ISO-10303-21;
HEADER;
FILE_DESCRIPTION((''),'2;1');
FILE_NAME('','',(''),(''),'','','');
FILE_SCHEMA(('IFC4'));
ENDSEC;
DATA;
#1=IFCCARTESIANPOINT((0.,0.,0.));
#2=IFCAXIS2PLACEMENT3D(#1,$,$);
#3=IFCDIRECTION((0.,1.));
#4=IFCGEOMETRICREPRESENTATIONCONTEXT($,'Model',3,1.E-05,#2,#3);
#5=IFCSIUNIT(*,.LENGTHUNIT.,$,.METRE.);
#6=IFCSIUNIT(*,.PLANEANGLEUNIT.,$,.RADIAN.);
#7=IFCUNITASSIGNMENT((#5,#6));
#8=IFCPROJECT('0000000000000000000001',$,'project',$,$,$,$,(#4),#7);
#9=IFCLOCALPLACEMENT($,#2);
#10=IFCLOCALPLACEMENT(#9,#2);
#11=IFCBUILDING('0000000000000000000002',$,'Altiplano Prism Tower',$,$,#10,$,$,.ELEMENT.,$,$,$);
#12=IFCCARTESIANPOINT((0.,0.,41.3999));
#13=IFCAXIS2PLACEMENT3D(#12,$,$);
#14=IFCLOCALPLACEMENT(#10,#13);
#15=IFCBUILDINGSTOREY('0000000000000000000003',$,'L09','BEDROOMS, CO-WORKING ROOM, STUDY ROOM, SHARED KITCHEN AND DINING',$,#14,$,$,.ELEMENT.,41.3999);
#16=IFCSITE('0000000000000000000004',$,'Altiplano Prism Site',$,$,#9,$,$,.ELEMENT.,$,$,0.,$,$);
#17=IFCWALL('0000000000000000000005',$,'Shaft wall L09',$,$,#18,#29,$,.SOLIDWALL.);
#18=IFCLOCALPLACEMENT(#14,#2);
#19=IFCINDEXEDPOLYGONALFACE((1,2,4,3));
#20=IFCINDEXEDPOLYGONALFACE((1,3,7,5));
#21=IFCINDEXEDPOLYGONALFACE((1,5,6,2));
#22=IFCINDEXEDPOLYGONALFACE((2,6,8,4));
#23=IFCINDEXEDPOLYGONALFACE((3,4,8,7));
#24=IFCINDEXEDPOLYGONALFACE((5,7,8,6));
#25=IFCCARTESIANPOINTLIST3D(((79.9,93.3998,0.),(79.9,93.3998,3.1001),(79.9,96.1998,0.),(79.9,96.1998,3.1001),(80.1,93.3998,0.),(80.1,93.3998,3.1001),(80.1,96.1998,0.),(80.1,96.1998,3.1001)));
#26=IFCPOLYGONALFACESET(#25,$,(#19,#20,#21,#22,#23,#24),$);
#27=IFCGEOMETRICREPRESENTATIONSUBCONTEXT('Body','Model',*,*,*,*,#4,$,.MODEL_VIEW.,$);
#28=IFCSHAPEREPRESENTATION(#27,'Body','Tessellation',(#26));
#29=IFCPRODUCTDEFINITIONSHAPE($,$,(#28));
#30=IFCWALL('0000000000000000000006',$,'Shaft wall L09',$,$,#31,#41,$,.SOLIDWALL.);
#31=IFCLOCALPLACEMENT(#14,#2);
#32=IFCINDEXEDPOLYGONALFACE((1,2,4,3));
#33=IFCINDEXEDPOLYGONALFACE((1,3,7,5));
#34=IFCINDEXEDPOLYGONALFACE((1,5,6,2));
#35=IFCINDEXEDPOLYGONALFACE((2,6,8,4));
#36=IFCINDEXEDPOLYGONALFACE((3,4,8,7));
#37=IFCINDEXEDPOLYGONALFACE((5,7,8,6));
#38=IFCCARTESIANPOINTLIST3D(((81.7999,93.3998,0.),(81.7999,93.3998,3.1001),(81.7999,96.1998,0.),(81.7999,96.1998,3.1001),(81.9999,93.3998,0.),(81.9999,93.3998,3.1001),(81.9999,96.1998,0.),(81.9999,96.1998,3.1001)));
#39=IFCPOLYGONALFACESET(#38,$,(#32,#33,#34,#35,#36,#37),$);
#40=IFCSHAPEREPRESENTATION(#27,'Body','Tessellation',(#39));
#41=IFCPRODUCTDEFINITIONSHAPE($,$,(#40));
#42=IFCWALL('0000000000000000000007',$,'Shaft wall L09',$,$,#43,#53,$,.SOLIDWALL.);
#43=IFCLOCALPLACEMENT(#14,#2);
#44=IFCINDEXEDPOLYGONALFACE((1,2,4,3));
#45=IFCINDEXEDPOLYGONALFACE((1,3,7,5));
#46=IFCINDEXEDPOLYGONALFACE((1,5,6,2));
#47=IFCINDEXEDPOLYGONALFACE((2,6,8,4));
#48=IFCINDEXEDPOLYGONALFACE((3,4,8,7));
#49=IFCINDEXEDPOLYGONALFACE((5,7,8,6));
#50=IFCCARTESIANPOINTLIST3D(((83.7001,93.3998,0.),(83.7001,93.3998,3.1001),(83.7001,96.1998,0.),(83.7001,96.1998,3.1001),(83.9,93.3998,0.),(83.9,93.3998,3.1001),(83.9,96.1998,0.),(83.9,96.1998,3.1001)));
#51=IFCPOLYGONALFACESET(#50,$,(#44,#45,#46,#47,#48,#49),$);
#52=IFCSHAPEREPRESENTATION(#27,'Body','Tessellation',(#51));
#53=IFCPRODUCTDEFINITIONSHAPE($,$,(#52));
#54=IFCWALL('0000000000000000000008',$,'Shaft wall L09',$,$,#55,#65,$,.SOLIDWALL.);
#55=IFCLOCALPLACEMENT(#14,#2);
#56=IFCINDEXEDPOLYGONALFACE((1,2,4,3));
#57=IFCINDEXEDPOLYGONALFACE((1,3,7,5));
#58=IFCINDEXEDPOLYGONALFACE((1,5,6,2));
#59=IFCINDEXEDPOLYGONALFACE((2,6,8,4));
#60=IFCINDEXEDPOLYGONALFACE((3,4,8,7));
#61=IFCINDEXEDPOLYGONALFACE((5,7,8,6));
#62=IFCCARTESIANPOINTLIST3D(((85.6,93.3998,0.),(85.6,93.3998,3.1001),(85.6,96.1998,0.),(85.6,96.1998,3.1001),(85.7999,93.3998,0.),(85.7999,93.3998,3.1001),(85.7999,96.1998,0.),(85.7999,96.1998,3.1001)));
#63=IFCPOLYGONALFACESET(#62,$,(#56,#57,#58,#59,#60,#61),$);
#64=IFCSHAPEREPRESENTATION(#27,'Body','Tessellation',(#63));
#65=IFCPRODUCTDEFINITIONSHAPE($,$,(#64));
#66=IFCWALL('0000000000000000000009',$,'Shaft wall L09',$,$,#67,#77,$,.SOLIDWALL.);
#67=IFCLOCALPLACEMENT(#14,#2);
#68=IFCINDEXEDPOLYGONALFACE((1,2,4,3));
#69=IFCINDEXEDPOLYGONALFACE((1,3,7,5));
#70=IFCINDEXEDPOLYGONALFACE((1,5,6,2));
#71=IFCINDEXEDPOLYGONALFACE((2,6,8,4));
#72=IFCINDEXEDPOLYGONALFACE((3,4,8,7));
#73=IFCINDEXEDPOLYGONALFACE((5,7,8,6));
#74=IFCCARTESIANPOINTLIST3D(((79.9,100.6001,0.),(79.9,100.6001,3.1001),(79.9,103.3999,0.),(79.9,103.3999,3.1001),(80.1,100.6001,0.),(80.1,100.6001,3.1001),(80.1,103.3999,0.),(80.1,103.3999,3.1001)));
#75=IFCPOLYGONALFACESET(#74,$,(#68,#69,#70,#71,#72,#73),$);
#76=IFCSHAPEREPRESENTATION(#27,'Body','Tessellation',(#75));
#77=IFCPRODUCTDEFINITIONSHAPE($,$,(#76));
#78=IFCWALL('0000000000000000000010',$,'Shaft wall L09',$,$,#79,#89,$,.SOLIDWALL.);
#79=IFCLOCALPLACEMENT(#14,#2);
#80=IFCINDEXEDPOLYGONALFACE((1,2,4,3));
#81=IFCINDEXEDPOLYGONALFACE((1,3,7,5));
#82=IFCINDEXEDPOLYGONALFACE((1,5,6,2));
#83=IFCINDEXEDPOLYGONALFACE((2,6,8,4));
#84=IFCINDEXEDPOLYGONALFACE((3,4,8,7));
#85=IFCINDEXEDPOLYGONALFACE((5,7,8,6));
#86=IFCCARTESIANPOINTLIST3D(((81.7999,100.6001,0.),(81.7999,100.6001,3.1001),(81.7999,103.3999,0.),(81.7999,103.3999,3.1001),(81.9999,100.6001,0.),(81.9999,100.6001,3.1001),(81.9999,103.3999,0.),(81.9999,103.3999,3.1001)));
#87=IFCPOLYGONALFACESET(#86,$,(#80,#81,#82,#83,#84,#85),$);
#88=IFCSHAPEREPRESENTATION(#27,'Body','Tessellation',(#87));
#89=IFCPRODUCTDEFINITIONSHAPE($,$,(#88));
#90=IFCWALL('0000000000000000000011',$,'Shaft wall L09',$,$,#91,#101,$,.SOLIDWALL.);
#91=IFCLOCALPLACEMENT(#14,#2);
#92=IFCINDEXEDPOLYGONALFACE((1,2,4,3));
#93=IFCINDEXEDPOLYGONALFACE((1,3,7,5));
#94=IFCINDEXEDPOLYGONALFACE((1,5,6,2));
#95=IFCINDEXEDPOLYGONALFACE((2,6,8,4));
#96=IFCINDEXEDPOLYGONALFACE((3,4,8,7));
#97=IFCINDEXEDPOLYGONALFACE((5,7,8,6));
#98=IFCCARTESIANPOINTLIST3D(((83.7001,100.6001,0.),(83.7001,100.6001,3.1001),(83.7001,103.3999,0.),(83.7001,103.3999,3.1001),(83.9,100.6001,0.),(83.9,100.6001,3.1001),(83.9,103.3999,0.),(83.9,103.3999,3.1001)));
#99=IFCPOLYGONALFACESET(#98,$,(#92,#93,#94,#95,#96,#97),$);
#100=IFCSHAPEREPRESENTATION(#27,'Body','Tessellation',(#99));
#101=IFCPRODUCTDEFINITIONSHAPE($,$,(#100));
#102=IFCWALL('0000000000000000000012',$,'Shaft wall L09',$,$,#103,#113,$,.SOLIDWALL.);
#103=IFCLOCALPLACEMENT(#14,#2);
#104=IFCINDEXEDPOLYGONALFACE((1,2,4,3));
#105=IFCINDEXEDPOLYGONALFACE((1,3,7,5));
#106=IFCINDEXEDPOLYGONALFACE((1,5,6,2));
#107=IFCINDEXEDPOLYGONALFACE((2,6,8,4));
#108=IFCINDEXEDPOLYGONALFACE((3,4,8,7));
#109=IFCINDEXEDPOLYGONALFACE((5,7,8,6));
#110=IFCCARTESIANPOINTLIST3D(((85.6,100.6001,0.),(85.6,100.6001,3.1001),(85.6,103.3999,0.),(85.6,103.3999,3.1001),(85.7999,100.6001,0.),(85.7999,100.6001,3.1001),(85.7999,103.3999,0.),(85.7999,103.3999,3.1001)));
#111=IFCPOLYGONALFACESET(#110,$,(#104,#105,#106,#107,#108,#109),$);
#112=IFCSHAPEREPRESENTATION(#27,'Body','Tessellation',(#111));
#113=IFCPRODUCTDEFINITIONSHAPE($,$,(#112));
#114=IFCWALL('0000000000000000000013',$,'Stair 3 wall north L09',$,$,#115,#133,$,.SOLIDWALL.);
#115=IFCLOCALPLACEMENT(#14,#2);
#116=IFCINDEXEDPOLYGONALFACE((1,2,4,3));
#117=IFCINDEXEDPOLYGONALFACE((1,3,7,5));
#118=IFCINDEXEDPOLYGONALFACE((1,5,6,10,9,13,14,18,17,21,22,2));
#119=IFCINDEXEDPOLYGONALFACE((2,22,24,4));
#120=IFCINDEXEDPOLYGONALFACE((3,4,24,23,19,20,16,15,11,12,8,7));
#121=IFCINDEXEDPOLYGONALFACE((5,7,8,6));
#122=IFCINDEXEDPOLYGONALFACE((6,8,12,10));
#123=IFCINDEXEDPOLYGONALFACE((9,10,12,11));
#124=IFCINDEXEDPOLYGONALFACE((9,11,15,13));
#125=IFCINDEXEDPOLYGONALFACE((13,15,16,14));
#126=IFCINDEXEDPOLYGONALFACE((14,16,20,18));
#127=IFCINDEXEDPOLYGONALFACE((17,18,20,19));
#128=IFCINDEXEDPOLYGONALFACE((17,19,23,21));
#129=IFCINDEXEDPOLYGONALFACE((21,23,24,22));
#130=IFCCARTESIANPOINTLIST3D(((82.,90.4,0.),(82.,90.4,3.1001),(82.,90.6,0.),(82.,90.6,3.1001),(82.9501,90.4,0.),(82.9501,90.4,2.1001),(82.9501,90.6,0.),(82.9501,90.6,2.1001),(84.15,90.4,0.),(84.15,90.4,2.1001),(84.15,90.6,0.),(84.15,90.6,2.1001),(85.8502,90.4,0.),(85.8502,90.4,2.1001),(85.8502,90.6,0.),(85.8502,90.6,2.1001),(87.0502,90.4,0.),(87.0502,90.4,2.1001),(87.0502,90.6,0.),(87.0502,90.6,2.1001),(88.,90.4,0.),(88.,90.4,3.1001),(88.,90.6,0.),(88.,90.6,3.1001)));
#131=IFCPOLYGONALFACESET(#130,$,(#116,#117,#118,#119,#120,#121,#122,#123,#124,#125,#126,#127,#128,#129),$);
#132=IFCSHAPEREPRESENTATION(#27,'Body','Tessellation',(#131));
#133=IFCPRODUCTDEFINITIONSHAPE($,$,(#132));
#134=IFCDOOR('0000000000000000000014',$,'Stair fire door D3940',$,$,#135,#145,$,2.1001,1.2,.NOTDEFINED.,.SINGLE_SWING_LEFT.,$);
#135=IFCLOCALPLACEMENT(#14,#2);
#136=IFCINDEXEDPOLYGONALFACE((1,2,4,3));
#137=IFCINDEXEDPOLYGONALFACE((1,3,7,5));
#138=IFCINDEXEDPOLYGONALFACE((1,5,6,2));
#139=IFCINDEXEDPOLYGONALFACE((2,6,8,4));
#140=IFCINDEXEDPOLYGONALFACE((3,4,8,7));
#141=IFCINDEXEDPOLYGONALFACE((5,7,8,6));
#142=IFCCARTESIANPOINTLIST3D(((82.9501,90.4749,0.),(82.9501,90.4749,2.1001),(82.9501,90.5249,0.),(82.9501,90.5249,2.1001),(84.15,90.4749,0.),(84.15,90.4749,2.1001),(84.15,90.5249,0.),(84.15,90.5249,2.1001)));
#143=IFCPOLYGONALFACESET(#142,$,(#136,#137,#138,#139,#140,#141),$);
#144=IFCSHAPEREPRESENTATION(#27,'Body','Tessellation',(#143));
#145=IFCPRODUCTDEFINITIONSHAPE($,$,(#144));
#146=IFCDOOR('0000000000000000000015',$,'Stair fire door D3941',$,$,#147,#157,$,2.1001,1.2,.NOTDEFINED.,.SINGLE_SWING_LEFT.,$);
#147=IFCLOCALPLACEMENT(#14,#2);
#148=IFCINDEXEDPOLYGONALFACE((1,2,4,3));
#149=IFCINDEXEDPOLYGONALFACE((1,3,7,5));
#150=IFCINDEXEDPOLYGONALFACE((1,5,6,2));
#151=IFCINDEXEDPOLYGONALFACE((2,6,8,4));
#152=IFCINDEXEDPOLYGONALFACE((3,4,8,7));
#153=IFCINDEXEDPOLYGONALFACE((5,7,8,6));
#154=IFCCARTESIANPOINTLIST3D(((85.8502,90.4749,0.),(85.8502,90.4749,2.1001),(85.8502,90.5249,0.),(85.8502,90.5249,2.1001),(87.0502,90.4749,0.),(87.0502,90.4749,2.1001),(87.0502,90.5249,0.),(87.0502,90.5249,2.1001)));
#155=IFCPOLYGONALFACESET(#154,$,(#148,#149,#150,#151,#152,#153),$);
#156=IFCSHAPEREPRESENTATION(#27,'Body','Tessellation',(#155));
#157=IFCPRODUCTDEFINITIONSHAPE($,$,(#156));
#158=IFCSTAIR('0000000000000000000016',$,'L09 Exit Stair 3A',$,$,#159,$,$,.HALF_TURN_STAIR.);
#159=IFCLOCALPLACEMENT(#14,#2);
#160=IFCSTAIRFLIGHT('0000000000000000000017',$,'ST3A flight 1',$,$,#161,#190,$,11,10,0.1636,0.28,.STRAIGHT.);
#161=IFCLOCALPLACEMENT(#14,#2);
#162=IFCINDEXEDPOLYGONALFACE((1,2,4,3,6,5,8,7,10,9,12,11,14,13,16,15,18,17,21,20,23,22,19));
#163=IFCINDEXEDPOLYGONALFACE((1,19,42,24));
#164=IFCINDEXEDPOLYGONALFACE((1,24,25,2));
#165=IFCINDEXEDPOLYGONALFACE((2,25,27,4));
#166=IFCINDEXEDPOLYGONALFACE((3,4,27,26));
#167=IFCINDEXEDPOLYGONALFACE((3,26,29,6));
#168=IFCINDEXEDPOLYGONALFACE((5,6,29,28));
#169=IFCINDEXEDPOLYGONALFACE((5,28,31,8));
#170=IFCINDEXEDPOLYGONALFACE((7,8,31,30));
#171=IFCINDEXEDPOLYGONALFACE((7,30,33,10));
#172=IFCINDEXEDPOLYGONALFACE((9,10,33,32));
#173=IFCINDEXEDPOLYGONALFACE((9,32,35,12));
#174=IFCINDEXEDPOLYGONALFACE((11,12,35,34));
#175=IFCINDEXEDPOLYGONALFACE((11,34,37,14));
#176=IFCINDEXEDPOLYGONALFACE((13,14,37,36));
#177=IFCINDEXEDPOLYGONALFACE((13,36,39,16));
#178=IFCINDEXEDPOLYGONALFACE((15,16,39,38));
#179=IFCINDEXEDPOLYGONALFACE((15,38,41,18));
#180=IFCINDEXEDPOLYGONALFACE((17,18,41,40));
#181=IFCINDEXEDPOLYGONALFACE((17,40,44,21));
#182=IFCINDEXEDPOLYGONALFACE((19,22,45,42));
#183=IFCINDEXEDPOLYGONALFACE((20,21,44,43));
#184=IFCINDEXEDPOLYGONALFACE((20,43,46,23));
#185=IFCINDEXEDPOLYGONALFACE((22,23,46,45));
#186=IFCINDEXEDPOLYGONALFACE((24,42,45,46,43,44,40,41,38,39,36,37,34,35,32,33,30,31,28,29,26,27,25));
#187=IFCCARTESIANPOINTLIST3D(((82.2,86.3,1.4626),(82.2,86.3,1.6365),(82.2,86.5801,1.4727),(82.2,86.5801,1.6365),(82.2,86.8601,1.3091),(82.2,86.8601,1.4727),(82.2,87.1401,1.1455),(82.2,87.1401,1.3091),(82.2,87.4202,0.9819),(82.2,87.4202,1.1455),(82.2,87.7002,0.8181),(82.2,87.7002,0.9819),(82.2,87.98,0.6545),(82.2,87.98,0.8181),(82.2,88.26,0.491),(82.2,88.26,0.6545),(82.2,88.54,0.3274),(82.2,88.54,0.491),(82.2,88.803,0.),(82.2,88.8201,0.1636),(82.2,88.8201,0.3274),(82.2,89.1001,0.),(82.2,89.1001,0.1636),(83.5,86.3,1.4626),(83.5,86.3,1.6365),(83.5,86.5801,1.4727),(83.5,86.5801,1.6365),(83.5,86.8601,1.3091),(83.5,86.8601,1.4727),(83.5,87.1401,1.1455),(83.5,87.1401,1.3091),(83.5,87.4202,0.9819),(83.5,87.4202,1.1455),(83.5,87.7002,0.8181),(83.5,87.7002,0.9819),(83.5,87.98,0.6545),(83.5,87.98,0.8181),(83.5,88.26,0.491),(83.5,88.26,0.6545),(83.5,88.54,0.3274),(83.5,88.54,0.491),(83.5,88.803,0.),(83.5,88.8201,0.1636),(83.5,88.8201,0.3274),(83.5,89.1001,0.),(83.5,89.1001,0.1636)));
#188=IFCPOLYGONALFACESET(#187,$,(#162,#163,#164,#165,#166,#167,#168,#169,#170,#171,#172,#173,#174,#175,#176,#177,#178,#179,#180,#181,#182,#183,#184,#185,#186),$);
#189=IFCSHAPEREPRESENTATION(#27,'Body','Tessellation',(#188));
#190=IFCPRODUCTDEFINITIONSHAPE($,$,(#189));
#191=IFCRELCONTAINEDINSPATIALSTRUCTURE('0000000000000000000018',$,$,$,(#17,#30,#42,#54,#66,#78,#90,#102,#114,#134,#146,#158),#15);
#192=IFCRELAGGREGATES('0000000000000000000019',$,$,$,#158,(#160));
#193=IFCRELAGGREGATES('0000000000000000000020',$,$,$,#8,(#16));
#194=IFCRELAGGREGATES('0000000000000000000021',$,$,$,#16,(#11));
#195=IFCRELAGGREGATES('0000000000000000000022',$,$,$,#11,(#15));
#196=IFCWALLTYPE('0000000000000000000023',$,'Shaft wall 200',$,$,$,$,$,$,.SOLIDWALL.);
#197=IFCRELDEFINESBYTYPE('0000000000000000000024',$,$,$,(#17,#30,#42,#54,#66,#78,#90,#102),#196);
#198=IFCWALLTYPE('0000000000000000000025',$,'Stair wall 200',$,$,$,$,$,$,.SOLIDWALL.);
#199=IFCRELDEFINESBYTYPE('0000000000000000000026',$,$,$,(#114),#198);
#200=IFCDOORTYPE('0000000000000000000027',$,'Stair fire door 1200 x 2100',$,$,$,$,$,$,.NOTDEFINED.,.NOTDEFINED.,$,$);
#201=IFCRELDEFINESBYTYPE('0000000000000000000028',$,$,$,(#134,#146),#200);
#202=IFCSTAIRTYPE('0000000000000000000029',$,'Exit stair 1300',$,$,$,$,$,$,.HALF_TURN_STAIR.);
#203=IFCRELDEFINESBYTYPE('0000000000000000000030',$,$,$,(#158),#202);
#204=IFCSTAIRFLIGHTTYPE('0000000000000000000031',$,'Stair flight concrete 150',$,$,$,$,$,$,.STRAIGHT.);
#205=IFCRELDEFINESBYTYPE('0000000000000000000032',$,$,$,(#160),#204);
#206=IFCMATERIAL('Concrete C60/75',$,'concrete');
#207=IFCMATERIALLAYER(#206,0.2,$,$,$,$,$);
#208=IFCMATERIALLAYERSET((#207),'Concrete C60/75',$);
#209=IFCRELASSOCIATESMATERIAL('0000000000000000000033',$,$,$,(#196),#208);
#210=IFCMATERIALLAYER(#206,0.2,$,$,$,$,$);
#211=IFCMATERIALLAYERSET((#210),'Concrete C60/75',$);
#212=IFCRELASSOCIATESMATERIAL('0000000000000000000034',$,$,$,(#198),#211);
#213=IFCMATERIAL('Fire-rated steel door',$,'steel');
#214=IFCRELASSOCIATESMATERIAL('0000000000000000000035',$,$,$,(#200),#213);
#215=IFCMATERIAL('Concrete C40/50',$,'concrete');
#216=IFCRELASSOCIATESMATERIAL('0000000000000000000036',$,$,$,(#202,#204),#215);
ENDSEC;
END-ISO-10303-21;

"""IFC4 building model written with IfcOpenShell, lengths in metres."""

from ifc_helpers import new_model, si_unit, direction, frame, frame_2d, origin, place, context, subcontext, project, spatial, polyline, rectangle, outline, extrude, material, layer, layer_set, type_object, element, fill, aggregate, save


model = new_model("IFC4")

# Units and contexts
model_context = context("Model", 3, precision=1e-05, world=origin(), true_north=direction((0.0, 1.0)))
body_context = subcontext(model_context, "Body", "Model", "MODEL_VIEW")
ifc_project = project(units=[si_unit("LENGTHUNIT", "METRE"), si_unit("PLANEANGLEUNIT", "RADIAN")], contexts=[model_context])

# Site, building, storey
site_placement = place(None, origin())
site = spatial("IfcSite", under=ifc_project, at=site_placement, Name="Altiplano Prism Site", CompositionType="ELEMENT", RefElevation=0.0)
building_placement = place(site_placement, origin())
building = spatial("IfcBuilding", under=site, at=building_placement, Name="Altiplano Prism Tower", CompositionType="ELEMENT")
storey_placement = place(building_placement, frame((0.0, 0.0, 41.3999)))
storey = spatial("IfcBuildingStorey", under=building, at=storey_placement, Name="L09", Description="BEDROOMS, CO-WORKING ROOM, STUDY ROOM, SHARED KITCHEN AND DINING", CompositionType="ELEMENT", Elevation=41.3999)

# Walls
ifc_material_1 = material(Name="Concrete C60/75", Category="concrete")
ifc_layer_1 = layer(ifc_material_1, 0.2)
ifc_layer_set_1 = layer_set([ifc_layer_1], Name="Concrete C60/75")
wall_type_1 = type_object("IfcWallType", Name="Shaft wall 200", PredefinedType="SOLIDWALL", material=ifc_layer_set_1)
for number, where, z_axis, x_axis, name in (
    (1, (80.0, 93.3999, 0.0), (0.0, 0.0, 1.0), (0.0, 1.0, 0.0), "Shaft wall L09"),
    (2, (81.8999, 93.3999, 0.0), (0.0, 0.0, 1.0), (0.0, 1.0, 0.0), "Shaft wall L09"),
    (3, (83.8, 93.3999, 0.0), (0.0, 0.0, 1.0), (0.0, 1.0, 0.0), "Shaft wall L09"),
    (4, (85.7, 93.3999, 0.0), (0.0, 0.0, 1.0), (0.0, 1.0, 0.0), "Shaft wall L09"),
):
    element("IfcWall", number, at=place(storey_placement, frame(where, z_axis=z_axis, x_axis=x_axis)), inside=storey, type_object=wall_type_1, Name=name, PredefinedType="SOLIDWALL", context=body_context, shape_type="SweptSolid", body=[
        extrude(rectangle(XDim=2.8, YDim=0.2, at=frame_2d((1.3999, 0.0))), origin(), (0.0, 0.0, 1.0), 3.1001),
    ])
for number, where, z_axis, x_axis, name in (
    (5, (80.0, 100.6001, 0.0), (0.0, 0.0, 1.0), (0.0, 1.0, 0.0), "Shaft wall L09"),
    (6, (81.8999, 100.6001, 0.0), (0.0, 0.0, 1.0), (0.0, 1.0, 0.0), "Shaft wall L09"),
    (7, (83.8, 100.6001, 0.0), (0.0, 0.0, 1.0), (0.0, 1.0, 0.0), "Shaft wall L09"),
    (8, (85.7, 100.6001, 0.0), (0.0, 0.0, 1.0), (0.0, 1.0, 0.0), "Shaft wall L09"),
):
    element("IfcWall", number, at=place(storey_placement, frame(where, z_axis=z_axis, x_axis=x_axis)), inside=storey, type_object=wall_type_1, Name=name, PredefinedType="SOLIDWALL", context=body_context, shape_type="SweptSolid", body=[
        extrude(rectangle(XDim=2.7998, YDim=0.2, at=frame_2d((1.3999, 0.0))), origin(), (0.0, 0.0, 1.0), 3.1001),
    ])

# Wall, openings, doors
ifc_layer_2 = layer(ifc_material_1, 0.2)
ifc_layer_set_2 = layer_set([ifc_layer_2], Name="Concrete C60/75")
wall_type_2 = type_object("IfcWallType", Name="Stair wall 200", PredefinedType="SOLIDWALL", material=ifc_layer_set_2)
wall_placement = place(storey_placement, frame((82.0, 90.5, 0.0), z_axis=(0.0, 0.0, 1.0), x_axis=(1.0, 0.0, 0.0)))
wall = element("IfcWall", 9, at=wall_placement, inside=storey, type_object=wall_type_2, Name="Stair 3 wall north L09", PredefinedType="SOLIDWALL", context=body_context, shape_type="SweptSolid", body=[
    extrude(rectangle(XDim=6.0, YDim=0.2, at=frame_2d((3.0, 0.0))), origin(), (0.0, 0.0, 1.0), 3.1001),
])
opening_1_placement = place(wall_placement, frame((0.95, 0.0, 0.0)))
opening_1 = element("IfcOpeningElement", 10, at=opening_1_placement, cuts=wall, PredefinedType="OPENING", context=body_context, shape_type="SweptSolid", body=[
    extrude(rectangle(XDim=1.2, YDim=2.1001, at=frame_2d((0.6001, 1.05))), frame((0.0, 0.1104, 0.0), z_axis=(0.0, -1.0, 0.0), x_axis=(1.0, 0.0, 0.0)), (0.0, 0.0, 1.0), 0.2209),
])
opening_2_placement = place(wall_placement, frame((3.8501, 0.0, 0.0)))
opening_2 = element("IfcOpeningElement", 11, at=opening_2_placement, cuts=wall, PredefinedType="OPENING", context=body_context, shape_type="SweptSolid", body=[
    extrude(rectangle(XDim=1.2, YDim=2.1001, at=frame_2d((0.6001, 1.05))), frame((0.0, 0.1104, 0.0), z_axis=(0.0, -1.0, 0.0), x_axis=(1.0, 0.0, 0.0)), (0.0, 0.0, 1.0), 0.2209),
])
ifc_material_2 = material(Name="Fire-rated steel door", Category="steel")
door_type = type_object("IfcDoorType", Name="Stair fire door 1200 x 2100", OperationType="NOTDEFINED", PredefinedType="NOTDEFINED", material=ifc_material_2)
door_1_placement = place(opening_1_placement, origin())
door_1 = element("IfcDoor", 12, at=door_1_placement, inside=storey, type_object=door_type, Name="Stair fire door D3940", OperationType="SINGLE_SWING_LEFT", OverallHeight=2.1001, OverallWidth=1.2, PredefinedType="NOTDEFINED", context=body_context, shape_type="SweptSolid", body=[
    extrude(rectangle(XDim=1.2, YDim=2.1001, at=frame_2d((0.6001, 1.05))), frame((0.0, 0.0249, 0.0), z_axis=(0.0, -1.0, 0.0), x_axis=(1.0, 0.0, 0.0)), (0.0, 0.0, 1.0), 0.05),
])
fill(opening_1, door_1)
door_2_placement = place(opening_2_placement, origin())
door_2 = element("IfcDoor", 13, at=door_2_placement, inside=storey, type_object=door_type, Name="Stair fire door D3941", OperationType="SINGLE_SWING_LEFT", OverallHeight=2.1001, OverallWidth=1.2, PredefinedType="NOTDEFINED", context=body_context, shape_type="SweptSolid", body=[
    extrude(rectangle(XDim=1.2, YDim=2.1001, at=frame_2d((0.6001, 1.05))), frame((0.0, 0.0249, 0.0), z_axis=(0.0, -1.0, 0.0), x_axis=(1.0, 0.0, 0.0)), (0.0, 0.0, 1.0), 0.05),
])
fill(opening_2, door_2)

# Stair, stair flight
ifc_material_3 = material(Name="Concrete C40/50", Category="concrete")
stair_type = type_object("IfcStairType", Name="Exit stair 1300", PredefinedType="HALF_TURN_STAIR", material=ifc_material_3)
stair_1_placement = place(storey_placement, origin())
stair_1 = element("IfcStair", 14, at=stair_1_placement, inside=storey, type_object=stair_type, Name="L09 Exit Stair 3A", PredefinedType="HALF_TURN_STAIR")
stair_flight_type = type_object("IfcStairFlightType", Name="Stair flight concrete 150", PredefinedType="STRAIGHT", material=ifc_material_3)
stair_flight_1_placement = place(storey_placement, frame((82.8501, 89.1001, 0.0), z_axis=(0.0, 0.0, 1.0), x_axis=(0.0, -1.0, 0.0)))
stair_flight_1 = element("IfcStairFlight", 15, at=stair_flight_1_placement, type_object=stair_flight_type, Name="ST3A flight 1", NumberOfRisers=11, NumberOfTreads=10, PredefinedType="STRAIGHT", RiserHeight=0.1636, TreadLength=0.28, context=body_context, shape_type="SweptSolid", body=[
    extrude(outline(polyline([(0.0, 0.0), (0.0, 0.1636), (0.28, 0.1636), (0.28, 0.3274), (0.5601, 0.3274), (0.5601, 0.491), (0.8401, 0.491), (0.8401, 0.6545), (1.1201, 0.6545), (1.1201, 0.8181), (1.3999, 0.8181), (1.3999, 0.9819), (1.6799, 0.9819), (1.6799, 1.1455), (1.96, 1.1455), (1.96, 1.3091), (2.24, 1.3091), (2.24, 1.4727), (2.52, 1.4727), (2.52, 1.6365), (2.8, 1.6365), (2.8, 1.8), (2.8, 1.4626), (0.2971, 0.0), (0.0, 0.0)])), frame((0.0, 0.6499, 0.0), z_axis=(0.0, -1.0, 0.0), x_axis=(1.0, 0.0, 0.0)), (0.0, 0.0, 1.0), 1.3),
])
aggregate(stair_1, [stair_flight_1])

save(model, "model.ifc")
